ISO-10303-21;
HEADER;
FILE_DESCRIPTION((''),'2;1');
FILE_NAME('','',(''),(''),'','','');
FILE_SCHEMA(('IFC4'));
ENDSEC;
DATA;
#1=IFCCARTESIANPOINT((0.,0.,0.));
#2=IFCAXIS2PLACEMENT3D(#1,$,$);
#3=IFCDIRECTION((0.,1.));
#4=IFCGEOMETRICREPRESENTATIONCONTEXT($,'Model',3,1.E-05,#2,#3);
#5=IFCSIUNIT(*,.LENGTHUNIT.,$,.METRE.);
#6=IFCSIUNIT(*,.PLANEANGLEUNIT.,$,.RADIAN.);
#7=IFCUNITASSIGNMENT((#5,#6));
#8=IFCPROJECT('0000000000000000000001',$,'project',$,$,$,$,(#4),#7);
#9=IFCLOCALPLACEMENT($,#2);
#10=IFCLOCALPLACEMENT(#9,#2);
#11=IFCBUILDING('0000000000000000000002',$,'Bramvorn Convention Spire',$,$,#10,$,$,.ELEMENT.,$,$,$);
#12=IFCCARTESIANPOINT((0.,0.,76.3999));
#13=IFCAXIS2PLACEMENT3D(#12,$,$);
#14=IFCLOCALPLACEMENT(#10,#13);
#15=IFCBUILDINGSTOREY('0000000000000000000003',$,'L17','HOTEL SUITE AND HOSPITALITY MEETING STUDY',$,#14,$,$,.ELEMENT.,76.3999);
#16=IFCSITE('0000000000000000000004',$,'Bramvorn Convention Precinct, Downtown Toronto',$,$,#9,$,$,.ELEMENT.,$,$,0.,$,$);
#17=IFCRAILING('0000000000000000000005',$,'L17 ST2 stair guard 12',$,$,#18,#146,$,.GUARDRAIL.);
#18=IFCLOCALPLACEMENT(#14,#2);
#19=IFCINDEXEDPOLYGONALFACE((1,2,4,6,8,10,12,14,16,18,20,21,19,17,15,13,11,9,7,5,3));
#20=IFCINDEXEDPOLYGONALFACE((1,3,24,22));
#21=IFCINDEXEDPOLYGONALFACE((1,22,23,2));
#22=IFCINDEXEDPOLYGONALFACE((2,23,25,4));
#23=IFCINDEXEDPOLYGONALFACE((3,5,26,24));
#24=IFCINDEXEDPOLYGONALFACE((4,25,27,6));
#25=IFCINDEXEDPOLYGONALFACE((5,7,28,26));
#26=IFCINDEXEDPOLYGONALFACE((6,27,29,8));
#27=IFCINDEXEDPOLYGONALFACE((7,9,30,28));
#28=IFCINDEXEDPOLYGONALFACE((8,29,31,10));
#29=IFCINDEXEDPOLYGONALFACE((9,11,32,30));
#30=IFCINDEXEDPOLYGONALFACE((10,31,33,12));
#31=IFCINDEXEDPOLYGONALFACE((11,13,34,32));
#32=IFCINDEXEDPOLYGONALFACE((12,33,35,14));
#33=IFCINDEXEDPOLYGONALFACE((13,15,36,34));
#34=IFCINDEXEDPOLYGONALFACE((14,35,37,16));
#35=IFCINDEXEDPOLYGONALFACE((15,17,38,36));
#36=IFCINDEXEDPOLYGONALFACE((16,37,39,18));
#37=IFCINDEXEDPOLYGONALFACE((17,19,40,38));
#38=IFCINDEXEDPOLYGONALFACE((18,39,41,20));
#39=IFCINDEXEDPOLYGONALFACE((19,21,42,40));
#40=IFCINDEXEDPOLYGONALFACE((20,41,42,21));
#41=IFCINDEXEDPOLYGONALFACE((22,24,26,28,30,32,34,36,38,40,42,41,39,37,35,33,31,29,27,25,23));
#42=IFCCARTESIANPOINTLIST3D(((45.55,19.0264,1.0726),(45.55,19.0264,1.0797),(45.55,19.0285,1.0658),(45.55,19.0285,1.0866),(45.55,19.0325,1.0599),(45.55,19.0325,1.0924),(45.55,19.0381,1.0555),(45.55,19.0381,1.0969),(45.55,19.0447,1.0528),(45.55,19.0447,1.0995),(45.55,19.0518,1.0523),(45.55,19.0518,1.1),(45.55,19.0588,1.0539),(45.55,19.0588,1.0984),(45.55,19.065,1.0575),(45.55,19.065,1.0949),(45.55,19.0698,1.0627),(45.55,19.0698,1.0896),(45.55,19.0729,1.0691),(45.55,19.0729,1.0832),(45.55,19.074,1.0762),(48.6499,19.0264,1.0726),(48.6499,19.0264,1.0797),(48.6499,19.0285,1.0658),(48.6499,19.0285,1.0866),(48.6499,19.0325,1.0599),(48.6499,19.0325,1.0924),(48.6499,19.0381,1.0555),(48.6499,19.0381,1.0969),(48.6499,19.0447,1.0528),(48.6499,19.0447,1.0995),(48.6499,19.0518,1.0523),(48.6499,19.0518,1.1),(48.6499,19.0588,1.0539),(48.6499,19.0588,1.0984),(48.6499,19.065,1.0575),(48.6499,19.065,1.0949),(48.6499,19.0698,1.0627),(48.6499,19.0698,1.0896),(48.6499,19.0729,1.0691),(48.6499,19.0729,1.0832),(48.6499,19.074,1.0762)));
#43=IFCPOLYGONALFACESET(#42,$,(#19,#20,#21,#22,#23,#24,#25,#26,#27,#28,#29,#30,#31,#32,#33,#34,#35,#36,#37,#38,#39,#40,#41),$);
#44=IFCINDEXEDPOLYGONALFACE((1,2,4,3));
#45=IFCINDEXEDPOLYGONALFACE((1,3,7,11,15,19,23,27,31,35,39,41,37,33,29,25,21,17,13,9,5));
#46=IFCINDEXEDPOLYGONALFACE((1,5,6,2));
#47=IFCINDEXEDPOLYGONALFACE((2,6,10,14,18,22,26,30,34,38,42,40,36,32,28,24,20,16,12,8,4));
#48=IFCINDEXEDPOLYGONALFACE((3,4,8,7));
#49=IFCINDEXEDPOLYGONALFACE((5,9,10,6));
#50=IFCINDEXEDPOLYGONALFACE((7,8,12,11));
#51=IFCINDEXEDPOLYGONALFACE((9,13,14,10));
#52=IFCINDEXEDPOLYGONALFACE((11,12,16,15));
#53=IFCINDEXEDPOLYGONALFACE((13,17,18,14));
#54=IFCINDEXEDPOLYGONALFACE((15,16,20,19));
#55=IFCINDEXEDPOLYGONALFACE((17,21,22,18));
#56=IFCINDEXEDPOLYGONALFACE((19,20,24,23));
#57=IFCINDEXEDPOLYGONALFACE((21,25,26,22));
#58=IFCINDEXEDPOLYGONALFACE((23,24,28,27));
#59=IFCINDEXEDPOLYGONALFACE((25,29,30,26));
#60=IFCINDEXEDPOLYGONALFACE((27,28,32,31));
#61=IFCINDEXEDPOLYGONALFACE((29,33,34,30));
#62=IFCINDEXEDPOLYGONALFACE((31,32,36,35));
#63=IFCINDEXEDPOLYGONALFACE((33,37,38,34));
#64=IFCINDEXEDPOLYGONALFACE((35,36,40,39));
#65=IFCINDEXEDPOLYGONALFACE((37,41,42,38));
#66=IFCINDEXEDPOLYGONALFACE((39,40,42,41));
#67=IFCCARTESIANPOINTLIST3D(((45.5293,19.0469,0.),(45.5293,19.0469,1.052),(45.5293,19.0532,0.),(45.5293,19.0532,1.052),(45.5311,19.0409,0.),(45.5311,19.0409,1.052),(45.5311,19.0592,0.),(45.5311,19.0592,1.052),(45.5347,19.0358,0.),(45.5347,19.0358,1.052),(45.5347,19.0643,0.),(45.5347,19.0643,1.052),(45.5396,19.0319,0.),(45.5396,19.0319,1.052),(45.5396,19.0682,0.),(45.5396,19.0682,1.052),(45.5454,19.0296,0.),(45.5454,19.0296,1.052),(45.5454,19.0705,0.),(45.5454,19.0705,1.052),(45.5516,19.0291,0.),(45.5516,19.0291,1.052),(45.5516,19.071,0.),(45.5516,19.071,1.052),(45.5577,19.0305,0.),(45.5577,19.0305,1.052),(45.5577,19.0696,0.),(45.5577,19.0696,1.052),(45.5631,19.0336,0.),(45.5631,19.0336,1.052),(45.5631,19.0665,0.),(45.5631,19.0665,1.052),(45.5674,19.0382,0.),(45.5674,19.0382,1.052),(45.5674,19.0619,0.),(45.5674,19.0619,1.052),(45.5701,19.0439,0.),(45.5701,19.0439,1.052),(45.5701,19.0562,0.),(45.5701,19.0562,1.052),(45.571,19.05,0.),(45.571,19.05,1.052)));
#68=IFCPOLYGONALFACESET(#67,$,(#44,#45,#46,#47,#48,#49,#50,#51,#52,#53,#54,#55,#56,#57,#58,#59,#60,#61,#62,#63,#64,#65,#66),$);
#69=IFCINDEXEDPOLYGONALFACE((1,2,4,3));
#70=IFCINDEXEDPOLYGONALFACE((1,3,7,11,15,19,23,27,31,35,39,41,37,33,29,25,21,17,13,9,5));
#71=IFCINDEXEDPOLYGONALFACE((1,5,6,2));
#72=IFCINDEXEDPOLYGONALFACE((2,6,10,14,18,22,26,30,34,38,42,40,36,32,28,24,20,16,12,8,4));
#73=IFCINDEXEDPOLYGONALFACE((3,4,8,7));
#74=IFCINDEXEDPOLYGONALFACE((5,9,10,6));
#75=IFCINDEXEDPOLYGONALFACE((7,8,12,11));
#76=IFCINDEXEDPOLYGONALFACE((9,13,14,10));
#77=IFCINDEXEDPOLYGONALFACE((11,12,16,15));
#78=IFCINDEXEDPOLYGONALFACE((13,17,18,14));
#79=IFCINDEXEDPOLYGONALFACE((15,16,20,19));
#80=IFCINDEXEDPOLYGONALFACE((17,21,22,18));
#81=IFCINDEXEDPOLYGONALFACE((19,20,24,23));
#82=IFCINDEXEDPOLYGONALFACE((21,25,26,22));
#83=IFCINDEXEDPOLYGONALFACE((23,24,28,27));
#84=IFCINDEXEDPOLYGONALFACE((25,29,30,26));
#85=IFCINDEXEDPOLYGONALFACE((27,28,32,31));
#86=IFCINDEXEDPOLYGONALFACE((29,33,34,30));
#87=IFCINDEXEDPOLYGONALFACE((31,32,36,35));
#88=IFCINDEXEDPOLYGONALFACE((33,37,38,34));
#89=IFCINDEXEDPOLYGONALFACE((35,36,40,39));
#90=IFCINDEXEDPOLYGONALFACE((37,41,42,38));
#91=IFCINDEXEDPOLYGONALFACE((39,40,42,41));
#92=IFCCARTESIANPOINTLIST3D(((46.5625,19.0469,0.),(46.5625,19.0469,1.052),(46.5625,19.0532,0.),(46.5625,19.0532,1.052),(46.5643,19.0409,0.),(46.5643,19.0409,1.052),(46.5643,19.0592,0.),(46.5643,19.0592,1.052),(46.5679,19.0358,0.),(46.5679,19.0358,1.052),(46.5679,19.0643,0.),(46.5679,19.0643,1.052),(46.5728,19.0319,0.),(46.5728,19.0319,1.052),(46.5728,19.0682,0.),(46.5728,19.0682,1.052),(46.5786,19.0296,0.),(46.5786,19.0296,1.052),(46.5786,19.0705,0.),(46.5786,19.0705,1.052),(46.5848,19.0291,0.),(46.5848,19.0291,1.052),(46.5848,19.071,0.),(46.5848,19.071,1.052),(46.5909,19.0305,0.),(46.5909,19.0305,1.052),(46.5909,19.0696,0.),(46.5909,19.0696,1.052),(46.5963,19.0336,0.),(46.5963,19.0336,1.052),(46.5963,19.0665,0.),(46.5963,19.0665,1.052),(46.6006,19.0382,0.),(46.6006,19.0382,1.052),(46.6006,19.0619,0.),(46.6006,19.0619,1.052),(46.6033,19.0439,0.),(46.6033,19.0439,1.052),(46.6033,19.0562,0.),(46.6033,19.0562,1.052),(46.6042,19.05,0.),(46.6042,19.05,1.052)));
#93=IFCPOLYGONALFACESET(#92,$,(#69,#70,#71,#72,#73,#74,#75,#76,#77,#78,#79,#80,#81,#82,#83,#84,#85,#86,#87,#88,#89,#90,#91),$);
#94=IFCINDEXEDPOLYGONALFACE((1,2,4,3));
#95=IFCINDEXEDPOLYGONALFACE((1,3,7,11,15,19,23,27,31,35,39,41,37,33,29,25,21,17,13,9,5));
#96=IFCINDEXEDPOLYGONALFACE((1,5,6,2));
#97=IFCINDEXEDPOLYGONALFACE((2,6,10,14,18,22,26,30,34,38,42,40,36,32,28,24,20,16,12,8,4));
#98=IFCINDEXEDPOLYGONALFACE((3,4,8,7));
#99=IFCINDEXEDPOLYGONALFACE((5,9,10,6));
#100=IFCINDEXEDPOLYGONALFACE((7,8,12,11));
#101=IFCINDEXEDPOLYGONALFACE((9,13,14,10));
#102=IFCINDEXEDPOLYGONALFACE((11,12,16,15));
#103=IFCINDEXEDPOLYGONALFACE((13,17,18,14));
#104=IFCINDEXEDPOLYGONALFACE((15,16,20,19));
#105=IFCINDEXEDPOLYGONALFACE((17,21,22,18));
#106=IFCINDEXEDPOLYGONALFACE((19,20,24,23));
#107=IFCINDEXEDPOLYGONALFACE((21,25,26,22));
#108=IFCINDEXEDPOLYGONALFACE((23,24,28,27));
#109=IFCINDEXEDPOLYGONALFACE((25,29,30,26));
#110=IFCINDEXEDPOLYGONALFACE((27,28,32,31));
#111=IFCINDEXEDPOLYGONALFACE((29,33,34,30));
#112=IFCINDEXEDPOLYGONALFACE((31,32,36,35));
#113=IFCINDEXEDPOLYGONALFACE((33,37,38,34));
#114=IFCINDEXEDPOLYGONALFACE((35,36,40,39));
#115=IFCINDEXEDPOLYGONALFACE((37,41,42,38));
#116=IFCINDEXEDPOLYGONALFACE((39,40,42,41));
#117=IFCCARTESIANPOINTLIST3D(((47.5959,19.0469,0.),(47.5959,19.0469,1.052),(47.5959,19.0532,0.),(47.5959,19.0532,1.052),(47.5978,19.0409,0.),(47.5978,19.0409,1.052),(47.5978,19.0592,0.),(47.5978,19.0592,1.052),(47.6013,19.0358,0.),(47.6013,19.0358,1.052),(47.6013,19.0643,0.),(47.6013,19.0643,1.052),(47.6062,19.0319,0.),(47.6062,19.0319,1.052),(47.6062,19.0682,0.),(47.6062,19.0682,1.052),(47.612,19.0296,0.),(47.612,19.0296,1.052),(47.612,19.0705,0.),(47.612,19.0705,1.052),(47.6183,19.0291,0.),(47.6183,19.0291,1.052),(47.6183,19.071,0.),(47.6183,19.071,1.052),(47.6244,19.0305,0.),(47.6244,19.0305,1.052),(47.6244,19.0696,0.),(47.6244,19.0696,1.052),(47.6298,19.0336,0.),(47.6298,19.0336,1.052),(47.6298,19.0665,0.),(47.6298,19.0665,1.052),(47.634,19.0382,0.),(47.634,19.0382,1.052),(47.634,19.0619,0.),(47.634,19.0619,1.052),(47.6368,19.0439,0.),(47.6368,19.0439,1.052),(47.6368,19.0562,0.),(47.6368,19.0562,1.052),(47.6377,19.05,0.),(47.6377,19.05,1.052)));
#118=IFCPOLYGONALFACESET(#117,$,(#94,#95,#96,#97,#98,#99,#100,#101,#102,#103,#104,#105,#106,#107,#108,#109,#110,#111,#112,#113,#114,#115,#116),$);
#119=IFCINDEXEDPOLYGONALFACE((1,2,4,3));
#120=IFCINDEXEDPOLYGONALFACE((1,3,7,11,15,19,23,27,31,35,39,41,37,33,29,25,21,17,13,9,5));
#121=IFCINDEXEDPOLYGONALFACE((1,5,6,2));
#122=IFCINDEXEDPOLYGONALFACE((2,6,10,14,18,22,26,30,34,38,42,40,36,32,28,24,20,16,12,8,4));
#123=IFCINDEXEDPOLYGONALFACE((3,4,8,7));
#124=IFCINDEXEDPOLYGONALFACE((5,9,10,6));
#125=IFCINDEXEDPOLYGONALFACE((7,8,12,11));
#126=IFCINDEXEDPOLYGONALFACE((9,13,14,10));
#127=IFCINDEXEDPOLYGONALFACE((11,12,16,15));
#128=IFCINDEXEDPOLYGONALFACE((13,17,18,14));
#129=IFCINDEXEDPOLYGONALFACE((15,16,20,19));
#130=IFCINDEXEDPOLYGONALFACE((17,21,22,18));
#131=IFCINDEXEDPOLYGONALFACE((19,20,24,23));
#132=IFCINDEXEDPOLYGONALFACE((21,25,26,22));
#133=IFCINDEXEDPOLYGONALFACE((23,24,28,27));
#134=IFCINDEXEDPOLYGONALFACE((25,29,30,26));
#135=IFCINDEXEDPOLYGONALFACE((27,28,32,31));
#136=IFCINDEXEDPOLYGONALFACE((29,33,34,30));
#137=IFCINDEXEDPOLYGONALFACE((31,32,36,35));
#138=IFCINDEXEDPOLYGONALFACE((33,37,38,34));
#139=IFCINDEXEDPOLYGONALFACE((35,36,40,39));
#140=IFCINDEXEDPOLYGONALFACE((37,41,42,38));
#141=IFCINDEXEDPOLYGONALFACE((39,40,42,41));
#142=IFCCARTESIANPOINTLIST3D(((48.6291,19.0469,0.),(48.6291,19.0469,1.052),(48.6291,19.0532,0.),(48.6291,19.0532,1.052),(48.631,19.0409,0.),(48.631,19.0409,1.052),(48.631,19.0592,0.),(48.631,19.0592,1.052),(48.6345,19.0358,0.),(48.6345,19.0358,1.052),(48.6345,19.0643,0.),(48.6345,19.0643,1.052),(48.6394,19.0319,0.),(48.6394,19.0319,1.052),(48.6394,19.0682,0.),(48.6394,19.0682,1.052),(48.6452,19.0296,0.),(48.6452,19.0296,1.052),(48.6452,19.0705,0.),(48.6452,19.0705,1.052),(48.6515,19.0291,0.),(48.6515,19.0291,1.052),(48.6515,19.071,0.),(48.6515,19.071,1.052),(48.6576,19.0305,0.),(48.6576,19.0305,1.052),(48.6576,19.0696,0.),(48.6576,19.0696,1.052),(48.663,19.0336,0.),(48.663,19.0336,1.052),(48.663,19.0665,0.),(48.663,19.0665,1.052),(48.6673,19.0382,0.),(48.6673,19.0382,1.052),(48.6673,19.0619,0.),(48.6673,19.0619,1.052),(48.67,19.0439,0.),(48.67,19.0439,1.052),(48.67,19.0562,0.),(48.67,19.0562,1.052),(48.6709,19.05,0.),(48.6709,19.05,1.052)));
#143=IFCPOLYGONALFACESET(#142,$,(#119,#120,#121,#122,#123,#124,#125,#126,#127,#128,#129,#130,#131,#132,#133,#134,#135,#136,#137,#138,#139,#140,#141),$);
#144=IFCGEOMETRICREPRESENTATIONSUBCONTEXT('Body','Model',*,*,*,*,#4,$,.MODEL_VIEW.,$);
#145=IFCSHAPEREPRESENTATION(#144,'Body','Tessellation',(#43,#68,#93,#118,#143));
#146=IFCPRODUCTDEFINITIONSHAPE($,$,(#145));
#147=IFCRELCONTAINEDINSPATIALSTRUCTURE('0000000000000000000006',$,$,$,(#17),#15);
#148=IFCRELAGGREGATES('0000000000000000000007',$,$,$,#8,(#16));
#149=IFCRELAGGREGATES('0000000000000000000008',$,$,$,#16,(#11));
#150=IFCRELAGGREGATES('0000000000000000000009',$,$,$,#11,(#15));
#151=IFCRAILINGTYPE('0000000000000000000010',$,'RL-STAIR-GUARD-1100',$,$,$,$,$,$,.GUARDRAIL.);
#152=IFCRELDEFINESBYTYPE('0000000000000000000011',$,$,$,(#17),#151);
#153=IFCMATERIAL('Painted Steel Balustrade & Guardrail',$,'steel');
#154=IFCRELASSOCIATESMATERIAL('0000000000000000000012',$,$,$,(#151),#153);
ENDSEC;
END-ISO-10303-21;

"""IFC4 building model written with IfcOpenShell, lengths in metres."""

from ifc_helpers import new_model, si_unit, direction, frame, origin, origin_2d, place, context, subcontext, project, spatial, circle, extrude, material, type_object, element, save


model = new_model("IFC4")

# Units and contexts
model_context = context("Model", 3, precision=1e-05, world=origin(), true_north=direction((0.0, 1.0)))
body_context = subcontext(model_context, "Body", "Model", "MODEL_VIEW")
ifc_project = project(units=[si_unit("LENGTHUNIT", "METRE"), si_unit("PLANEANGLEUNIT", "RADIAN")], contexts=[model_context])

# Site, building, storey
site_placement = place(None, origin())
site = spatial("IfcSite", under=ifc_project, at=site_placement, Name="Bramvorn Convention Precinct, Downtown Toronto", CompositionType="ELEMENT", RefElevation=0.0)
building_placement = place(site_placement, origin())
building = spatial("IfcBuilding", under=site, at=building_placement, Name="Bramvorn Convention Spire", CompositionType="ELEMENT")
storey_placement = place(building_placement, frame((0.0, 0.0, 76.3999)))
storey = spatial("IfcBuildingStorey", under=building, at=storey_placement, Name="L17", Description="HOTEL SUITE AND HOSPITALITY MEETING STUDY", CompositionType="ELEMENT", Elevation=76.3999)

# Railing
ifc_material_1 = material(Name="Painted Steel Balustrade & Guardrail", Category="steel")
railing_type_1 = type_object("IfcRailingType", Name="RL-STAIR-GUARD-1100", PredefinedType="GUARDRAIL", material=ifc_material_1)
railing_1_placement = place(storey_placement, frame((45.55, 19.05, 0.0)))
element("IfcRailing", 1, at=railing_1_placement, inside=storey, type_object=railing_type_1, Name="L17 ST2 stair guard 12", PredefinedType="GUARDRAIL", context=body_context, shape_type="SweptSolid", body=[
    extrude(circle(Radius=0.0239, at=origin_2d()), frame((0.0, 0.0, 1.0762), z_axis=(1.0, 0.0, 0.0), x_axis=(0.0, 1.0, 0.0)), (0.0, 0.0, 1.0), 3.0999),
    extrude(circle(Radius=0.021, at=origin_2d()), origin(), (0.0, 0.0, 1.0), 1.052),
    extrude(circle(Radius=0.021, at=origin_2d()), frame((1.0332, 0.0, 0.0)), (0.0, 0.0, 1.0), 1.052),
    extrude(circle(Radius=0.021, at=origin_2d()), frame((2.0667, 0.0, 0.0)), (0.0, 0.0, 1.0), 1.052),
    extrude(circle(Radius=0.021, at=origin_2d()), frame((3.0999, 0.0, 0.0)), (0.0, 0.0, 1.0), 1.052),
])

save(model, "model.ifc")
